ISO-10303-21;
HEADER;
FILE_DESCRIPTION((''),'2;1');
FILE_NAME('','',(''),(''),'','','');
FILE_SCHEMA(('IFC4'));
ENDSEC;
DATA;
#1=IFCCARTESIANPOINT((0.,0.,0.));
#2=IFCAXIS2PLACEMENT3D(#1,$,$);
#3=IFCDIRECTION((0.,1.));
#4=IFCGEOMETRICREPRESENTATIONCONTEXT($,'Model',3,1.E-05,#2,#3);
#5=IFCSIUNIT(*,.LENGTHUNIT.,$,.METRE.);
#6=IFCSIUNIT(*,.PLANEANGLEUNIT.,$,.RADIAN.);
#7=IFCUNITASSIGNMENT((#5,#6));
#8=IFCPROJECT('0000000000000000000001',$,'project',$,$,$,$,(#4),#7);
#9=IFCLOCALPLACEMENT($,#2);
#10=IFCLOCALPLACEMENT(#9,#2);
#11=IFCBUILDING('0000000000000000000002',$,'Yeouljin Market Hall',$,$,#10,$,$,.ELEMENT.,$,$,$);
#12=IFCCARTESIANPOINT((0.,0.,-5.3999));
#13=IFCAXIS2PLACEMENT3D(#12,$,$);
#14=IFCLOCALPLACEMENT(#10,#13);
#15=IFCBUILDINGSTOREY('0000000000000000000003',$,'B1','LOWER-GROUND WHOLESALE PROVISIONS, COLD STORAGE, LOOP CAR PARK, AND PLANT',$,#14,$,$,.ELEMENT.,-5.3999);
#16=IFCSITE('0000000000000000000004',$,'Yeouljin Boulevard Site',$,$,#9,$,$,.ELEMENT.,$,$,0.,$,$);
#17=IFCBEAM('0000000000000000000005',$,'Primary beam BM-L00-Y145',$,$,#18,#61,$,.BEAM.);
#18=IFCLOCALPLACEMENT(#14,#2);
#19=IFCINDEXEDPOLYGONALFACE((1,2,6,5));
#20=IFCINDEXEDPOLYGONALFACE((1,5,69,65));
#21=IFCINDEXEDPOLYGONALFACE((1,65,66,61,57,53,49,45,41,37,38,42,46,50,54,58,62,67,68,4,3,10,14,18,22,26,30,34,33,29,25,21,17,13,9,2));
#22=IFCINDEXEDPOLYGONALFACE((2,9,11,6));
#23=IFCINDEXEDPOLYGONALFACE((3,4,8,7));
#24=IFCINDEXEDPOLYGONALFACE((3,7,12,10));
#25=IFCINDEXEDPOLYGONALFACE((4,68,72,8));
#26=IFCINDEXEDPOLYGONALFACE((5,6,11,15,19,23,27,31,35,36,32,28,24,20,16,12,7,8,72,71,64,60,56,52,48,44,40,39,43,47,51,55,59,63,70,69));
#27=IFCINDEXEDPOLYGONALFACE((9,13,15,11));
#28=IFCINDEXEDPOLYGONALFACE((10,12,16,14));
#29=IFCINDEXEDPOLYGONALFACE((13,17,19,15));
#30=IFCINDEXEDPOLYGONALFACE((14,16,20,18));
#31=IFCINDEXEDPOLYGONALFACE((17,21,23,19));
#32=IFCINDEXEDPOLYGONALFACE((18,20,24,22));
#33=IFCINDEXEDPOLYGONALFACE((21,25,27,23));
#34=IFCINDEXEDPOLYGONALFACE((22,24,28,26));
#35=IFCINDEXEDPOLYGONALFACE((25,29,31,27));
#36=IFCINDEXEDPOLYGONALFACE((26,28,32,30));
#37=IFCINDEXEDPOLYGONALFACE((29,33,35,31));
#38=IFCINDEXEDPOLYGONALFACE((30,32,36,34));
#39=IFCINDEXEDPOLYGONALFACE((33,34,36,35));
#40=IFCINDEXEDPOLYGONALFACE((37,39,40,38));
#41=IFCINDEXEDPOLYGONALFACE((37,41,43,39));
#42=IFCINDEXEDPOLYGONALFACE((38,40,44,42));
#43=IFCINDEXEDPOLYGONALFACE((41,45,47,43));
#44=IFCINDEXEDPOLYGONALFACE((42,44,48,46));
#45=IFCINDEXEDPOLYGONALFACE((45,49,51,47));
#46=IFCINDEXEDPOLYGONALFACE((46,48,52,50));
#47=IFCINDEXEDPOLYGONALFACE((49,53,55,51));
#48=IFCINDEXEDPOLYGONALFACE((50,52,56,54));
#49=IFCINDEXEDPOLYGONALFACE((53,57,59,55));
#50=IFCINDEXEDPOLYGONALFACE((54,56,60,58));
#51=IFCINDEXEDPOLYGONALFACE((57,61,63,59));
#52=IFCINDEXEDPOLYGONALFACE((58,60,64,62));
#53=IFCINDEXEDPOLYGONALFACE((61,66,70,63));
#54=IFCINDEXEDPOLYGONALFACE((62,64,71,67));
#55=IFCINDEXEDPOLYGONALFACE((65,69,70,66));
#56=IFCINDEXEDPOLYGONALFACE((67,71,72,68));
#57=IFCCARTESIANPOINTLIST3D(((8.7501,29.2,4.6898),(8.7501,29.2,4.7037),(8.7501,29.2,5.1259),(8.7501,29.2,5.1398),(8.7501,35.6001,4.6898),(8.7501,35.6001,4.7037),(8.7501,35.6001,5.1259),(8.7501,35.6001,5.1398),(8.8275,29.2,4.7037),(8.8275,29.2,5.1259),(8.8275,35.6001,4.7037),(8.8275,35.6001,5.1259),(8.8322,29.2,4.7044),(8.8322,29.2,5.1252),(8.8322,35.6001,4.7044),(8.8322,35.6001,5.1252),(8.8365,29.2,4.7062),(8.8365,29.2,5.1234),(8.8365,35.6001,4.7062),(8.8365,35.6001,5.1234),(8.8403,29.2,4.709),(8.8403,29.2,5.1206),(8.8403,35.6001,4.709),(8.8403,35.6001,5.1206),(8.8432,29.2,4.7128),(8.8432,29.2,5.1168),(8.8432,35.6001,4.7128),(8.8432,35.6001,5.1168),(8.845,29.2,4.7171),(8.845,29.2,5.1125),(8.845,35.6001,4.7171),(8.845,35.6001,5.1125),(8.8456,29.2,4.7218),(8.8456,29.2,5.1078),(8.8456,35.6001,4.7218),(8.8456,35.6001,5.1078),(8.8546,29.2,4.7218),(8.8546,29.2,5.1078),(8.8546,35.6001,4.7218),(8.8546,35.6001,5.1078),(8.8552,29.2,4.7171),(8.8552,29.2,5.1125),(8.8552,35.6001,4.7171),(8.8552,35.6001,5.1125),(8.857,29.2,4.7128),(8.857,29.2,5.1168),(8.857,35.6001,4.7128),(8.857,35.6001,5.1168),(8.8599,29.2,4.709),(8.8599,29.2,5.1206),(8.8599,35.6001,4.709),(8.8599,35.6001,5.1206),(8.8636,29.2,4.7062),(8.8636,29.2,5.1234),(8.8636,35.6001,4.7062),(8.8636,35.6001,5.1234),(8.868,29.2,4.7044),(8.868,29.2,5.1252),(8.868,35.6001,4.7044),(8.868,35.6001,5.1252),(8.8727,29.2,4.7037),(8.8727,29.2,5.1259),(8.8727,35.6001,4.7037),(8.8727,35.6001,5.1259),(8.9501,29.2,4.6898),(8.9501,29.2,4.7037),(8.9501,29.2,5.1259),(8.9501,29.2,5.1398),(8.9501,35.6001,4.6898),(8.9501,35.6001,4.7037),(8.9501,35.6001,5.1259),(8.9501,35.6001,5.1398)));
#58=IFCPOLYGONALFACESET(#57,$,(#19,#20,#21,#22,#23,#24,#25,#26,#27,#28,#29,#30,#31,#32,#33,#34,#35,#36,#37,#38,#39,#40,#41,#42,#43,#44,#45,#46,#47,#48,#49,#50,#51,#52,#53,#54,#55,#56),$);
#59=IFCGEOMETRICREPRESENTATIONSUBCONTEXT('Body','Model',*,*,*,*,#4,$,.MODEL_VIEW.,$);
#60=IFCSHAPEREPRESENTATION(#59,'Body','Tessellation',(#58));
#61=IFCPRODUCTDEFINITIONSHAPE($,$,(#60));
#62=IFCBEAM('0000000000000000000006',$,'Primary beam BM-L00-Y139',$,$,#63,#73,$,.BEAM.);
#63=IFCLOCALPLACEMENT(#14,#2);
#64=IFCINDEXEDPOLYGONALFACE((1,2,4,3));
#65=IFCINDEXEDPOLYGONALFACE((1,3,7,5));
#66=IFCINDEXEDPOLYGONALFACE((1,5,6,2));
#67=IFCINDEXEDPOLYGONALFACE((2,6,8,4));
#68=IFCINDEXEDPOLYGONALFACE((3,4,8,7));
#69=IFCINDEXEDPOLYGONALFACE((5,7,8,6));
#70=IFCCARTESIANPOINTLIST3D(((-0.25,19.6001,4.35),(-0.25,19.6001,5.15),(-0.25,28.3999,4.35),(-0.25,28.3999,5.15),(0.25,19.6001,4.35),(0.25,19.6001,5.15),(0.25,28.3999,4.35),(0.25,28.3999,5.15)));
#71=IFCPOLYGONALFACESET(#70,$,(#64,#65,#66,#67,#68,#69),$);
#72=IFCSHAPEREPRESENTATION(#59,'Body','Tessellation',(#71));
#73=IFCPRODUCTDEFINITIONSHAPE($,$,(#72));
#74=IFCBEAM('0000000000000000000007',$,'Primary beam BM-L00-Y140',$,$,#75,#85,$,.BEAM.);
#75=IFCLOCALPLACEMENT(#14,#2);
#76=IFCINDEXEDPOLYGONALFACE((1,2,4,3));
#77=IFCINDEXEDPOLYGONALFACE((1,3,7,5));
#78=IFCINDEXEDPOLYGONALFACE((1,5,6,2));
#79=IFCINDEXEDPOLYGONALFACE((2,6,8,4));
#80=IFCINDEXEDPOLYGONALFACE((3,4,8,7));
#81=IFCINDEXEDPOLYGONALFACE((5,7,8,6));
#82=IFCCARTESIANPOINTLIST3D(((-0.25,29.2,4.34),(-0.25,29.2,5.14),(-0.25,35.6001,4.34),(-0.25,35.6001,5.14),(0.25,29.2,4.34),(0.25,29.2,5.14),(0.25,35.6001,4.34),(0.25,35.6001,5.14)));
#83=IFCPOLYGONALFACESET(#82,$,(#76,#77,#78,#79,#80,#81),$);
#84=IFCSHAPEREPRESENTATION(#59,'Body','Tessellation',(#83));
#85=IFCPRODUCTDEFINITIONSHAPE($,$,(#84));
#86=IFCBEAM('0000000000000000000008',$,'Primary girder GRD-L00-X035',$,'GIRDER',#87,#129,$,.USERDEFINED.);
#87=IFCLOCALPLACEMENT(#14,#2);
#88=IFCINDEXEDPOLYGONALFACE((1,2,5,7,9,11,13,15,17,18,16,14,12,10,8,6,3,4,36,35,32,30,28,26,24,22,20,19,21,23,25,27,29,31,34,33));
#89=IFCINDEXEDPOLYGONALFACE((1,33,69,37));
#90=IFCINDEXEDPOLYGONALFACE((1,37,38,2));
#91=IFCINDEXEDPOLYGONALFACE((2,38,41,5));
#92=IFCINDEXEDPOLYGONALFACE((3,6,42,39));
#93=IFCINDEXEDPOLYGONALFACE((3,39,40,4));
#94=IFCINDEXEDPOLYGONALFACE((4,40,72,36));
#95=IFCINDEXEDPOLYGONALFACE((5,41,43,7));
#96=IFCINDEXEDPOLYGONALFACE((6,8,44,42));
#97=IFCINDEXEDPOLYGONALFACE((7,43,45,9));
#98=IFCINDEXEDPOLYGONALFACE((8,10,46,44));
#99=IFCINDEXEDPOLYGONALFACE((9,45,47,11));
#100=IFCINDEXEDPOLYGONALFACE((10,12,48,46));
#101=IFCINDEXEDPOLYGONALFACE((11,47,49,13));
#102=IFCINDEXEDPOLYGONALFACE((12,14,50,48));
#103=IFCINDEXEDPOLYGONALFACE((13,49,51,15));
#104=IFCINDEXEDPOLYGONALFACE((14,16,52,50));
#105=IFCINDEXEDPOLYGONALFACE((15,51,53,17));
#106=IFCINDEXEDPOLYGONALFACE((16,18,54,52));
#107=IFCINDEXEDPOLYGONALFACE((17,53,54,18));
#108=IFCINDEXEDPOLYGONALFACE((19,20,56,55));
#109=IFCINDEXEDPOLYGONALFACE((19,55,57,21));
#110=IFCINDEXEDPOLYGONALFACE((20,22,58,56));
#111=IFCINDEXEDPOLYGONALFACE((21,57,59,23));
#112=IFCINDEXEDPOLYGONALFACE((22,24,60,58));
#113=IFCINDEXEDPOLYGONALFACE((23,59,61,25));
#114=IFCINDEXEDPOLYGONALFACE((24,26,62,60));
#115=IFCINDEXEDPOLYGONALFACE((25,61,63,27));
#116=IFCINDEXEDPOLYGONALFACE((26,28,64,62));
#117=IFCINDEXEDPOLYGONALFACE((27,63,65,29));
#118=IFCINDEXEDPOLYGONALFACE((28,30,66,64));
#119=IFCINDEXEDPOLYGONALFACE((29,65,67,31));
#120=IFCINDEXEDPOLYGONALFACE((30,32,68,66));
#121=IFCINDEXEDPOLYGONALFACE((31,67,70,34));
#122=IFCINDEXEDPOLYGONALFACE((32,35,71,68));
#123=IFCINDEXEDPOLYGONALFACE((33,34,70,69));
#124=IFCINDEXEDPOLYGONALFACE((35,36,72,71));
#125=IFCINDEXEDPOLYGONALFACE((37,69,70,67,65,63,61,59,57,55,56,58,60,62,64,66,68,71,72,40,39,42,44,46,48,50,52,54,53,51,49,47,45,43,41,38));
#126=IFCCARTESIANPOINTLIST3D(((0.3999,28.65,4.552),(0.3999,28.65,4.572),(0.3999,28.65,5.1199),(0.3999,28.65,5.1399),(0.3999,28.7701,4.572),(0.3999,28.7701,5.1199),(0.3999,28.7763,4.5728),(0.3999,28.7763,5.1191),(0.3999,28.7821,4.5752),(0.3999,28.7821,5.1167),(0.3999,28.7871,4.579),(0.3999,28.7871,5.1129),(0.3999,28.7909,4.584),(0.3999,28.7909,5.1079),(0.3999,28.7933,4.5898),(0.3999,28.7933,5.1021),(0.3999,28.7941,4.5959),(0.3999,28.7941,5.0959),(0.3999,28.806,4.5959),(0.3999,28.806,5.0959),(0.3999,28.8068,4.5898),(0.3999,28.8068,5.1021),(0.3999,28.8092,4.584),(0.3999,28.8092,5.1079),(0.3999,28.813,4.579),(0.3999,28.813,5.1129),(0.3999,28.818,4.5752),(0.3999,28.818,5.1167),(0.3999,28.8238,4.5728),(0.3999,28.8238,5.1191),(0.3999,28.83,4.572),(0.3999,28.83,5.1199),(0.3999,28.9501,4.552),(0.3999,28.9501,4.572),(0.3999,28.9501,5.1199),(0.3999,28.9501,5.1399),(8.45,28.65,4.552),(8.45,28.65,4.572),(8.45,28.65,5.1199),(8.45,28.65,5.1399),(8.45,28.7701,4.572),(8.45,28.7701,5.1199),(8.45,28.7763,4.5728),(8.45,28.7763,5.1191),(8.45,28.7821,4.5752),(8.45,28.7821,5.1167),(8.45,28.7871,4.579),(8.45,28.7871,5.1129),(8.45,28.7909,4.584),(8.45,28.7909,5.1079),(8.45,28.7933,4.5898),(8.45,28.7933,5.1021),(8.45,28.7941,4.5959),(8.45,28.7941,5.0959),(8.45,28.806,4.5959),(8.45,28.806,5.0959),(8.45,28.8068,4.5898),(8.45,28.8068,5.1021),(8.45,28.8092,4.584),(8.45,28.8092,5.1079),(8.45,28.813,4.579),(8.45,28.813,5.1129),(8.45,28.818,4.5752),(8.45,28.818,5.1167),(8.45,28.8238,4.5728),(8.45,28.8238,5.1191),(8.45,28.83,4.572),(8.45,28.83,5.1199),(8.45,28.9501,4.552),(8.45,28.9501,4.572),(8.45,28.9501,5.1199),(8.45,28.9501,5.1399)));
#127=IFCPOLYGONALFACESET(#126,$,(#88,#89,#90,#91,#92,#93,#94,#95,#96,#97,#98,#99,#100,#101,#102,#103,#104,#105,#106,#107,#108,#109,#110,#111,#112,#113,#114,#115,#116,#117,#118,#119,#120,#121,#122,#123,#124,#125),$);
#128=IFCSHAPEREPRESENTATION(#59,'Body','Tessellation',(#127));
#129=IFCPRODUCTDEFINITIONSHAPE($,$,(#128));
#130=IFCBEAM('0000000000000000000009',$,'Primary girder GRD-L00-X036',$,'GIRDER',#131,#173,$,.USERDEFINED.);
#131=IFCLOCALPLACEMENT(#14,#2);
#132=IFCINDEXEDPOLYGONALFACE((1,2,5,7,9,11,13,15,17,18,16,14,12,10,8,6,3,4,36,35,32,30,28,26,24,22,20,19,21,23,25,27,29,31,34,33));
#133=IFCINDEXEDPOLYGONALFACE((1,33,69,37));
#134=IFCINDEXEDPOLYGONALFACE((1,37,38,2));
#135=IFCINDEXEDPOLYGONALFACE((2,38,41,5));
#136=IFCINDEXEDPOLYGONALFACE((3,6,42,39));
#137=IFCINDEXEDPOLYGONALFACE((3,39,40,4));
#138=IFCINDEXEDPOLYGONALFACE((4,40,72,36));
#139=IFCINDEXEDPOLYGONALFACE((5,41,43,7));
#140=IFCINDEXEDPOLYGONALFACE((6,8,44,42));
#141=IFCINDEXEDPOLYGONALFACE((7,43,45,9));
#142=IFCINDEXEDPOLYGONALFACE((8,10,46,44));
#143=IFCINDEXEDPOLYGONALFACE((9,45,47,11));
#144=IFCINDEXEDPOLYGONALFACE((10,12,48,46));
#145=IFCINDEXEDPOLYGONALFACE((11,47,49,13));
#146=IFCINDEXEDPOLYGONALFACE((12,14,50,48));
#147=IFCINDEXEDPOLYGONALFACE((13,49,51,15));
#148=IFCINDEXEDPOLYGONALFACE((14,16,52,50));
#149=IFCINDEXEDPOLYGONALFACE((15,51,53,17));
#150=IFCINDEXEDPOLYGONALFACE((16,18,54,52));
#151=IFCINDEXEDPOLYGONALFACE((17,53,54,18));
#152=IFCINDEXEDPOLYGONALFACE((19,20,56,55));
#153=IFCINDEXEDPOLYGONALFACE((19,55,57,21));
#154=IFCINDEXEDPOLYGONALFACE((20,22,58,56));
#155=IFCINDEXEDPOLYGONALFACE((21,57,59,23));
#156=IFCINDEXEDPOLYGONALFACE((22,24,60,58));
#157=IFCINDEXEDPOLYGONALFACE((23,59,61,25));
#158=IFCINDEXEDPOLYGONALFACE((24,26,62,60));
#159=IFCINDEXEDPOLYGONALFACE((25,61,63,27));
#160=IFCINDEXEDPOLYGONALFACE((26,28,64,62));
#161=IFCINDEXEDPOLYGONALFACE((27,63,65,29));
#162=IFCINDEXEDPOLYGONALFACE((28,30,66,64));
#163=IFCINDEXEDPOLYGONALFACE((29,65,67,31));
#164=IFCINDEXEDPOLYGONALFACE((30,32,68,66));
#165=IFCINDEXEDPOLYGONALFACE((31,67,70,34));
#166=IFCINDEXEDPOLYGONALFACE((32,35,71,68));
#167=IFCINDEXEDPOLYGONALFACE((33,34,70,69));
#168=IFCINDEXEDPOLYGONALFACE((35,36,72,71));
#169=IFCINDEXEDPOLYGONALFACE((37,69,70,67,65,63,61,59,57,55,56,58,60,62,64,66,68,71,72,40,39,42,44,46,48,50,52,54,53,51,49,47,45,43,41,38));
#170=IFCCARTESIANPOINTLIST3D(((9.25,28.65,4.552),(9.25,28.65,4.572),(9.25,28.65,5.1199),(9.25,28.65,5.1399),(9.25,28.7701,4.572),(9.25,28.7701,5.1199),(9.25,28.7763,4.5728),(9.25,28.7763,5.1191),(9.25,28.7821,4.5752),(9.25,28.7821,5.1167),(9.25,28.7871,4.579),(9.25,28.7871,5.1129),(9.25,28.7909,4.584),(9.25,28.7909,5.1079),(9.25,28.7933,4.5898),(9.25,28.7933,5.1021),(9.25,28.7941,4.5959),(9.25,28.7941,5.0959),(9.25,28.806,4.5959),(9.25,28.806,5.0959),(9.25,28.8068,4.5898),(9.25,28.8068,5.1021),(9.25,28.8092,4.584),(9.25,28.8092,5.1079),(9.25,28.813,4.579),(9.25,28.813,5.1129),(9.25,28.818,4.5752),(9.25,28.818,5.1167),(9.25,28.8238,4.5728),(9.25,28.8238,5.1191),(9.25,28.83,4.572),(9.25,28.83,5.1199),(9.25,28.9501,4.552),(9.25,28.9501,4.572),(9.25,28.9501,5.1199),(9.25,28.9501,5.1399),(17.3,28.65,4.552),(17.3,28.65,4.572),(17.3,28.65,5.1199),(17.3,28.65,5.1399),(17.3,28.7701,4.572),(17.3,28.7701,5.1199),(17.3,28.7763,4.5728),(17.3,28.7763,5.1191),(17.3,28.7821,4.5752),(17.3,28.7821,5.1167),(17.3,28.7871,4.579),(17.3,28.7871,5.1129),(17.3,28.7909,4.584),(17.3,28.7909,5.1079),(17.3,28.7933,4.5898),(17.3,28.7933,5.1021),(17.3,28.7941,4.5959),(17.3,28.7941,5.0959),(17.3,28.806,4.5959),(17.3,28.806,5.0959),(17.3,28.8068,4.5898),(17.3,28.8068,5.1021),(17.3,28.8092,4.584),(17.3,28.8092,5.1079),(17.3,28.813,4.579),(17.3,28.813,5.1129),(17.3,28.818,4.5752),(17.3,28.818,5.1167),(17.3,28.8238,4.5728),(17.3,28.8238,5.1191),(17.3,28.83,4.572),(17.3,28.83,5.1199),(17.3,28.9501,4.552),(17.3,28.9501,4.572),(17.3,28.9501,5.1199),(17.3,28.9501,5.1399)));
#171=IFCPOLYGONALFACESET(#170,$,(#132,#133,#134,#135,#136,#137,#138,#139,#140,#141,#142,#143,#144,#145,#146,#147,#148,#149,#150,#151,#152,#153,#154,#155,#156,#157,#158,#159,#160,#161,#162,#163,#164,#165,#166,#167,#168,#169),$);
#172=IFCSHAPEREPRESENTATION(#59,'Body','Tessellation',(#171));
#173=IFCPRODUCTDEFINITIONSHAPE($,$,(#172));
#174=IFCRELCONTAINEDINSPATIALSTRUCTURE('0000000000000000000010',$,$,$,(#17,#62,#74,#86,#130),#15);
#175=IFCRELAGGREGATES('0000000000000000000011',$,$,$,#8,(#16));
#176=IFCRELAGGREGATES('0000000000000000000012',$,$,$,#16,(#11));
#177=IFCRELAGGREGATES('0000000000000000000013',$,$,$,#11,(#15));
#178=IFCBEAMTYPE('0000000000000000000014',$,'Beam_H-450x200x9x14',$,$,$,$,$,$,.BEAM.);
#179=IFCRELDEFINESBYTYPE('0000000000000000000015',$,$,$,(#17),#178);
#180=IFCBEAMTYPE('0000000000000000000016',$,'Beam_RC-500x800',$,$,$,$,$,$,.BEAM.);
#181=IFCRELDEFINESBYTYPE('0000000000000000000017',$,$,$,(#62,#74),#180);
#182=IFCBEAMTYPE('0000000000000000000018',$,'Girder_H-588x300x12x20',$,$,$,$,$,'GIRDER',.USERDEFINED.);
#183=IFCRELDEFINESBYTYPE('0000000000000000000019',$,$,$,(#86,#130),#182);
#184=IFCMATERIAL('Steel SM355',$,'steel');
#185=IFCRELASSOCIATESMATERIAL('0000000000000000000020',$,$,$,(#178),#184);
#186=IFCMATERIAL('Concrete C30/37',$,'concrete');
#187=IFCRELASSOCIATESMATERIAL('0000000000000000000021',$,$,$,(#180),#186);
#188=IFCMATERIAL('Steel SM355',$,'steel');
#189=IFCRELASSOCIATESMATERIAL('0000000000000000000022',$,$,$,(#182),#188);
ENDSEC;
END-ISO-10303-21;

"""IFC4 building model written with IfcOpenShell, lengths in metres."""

from ifc_helpers import new_model, si_unit, direction, frame, origin, origin_2d, place, context, subcontext, project, spatial, rectangle, i_section, extrude, material, material_profile, profile_set, type_object, element, save


model = new_model("IFC4")

# Units and contexts
model_context = context("Model", 3, precision=1e-05, world=origin(), true_north=direction((0.0, 1.0)))
body_context = subcontext(model_context, "Body", "Model", "MODEL_VIEW")
ifc_project = project(units=[si_unit("LENGTHUNIT", "METRE"), si_unit("PLANEANGLEUNIT", "RADIAN")], contexts=[model_context])

# Site, building, storey
site_placement = place(None, origin())
site = spatial("IfcSite", under=ifc_project, at=site_placement, Name="Yeouljin Boulevard Site", CompositionType="ELEMENT", RefElevation=0.0)
building_placement = place(site_placement, origin())
building = spatial("IfcBuilding", under=site, at=building_placement, Name="Yeouljin Market Hall", CompositionType="ELEMENT")
storey_placement = place(building_placement, frame((0.0, 0.0, -5.3999)))
storey = spatial("IfcBuildingStorey", under=building, at=storey_placement, Name="B1", Description="LOWER-GROUND WHOLESALE PROVISIONS, COLD STORAGE, LOOP CAR PARK, AND PLANT", CompositionType="ELEMENT", Elevation=-5.3999)

# Beams
ifc_material_1 = material(Name="Steel SM355", Category="steel")
ifc_material_profile_1 = material_profile(ifc_material_1, i_section(OverallWidth=0.2, OverallDepth=0.45, WebThickness=0.009, FlangeThickness=0.0139, FilletRadius=0.0181, at=origin_2d()), Name="H-450x200x9x14")
ifc_profile_set_1 = profile_set([ifc_material_profile_1], Name="Steel SM355")
beam_type_1 = type_object("IfcBeamType", Name="Beam_H-450x200x9x14", PredefinedType="BEAM", material=ifc_profile_set_1)
beam_1_placement = place(storey_placement, frame((8.8501, 29.2, 4.9148), z_axis=(0.0, 1.0, 0.0), x_axis=(-1.0, 0.0, 0.0)))
element("IfcBeam", 1, at=beam_1_placement, inside=storey, type_object=beam_type_1, Name="Primary beam BM-L00-Y145", PredefinedType="BEAM", context=body_context, shape_type="SweptSolid", body=[
    extrude(i_section(OverallWidth=0.2, OverallDepth=0.45, WebThickness=0.009, FlangeThickness=0.0139, FilletRadius=0.0181, at=origin_2d()), origin(), (0.0, 0.0, 1.0), 6.4001),
])
ifc_material_2 = material(Name="Concrete C30/37", Category="concrete")
ifc_material_profile_2 = material_profile(ifc_material_2, rectangle(XDim=0.5, YDim=0.8, at=origin_2d()), Name="RC-500x800")
ifc_profile_set_2 = profile_set([ifc_material_profile_2], Name="Concrete C30/37")
beam_type_2 = type_object("IfcBeamType", Name="Beam_RC-500x800", PredefinedType="BEAM", material=ifc_profile_set_2)
beam_2_placement = place(storey_placement, frame((0.0, 19.6001, 4.75), z_axis=(0.0, 1.0, 0.0), x_axis=(-1.0, 0.0, 0.0)))
element("IfcBeam", 2, at=beam_2_placement, inside=storey, type_object=beam_type_2, Name="Primary beam BM-L00-Y139", PredefinedType="BEAM", context=body_context, shape_type="SweptSolid", body=[
    extrude(rectangle(XDim=0.5, YDim=0.8, at=origin_2d()), origin(), (0.0, 0.0, 1.0), 8.7998),
])
beam_3_placement = place(storey_placement, frame((0.0, 29.2, 4.74), z_axis=(0.0, 1.0, 0.0), x_axis=(-1.0, 0.0, 0.0)))
element("IfcBeam", 3, at=beam_3_placement, inside=storey, type_object=beam_type_2, Name="Primary beam BM-L00-Y140", PredefinedType="BEAM", context=body_context, shape_type="SweptSolid", body=[
    extrude(rectangle(XDim=0.5, YDim=0.8, at=origin_2d()), origin(), (0.0, 0.0, 1.0), 6.4001),
])
ifc_material_3 = material(Name="Steel SM355", Category="steel")
ifc_material_profile_3 = material_profile(ifc_material_3, i_section(OverallWidth=0.3, OverallDepth=0.5879, WebThickness=0.012, FlangeThickness=0.02, FilletRadius=0.0239, at=origin_2d()), Name="H-588x300x12x20")
ifc_profile_set_3 = profile_set([ifc_material_profile_3], Name="Steel SM355")
beam_type_3 = type_object("IfcBeamType", Name="Girder_H-588x300x12x20", ElementType="GIRDER", PredefinedType="USERDEFINED", material=ifc_profile_set_3)
for number, where, z_axis, x_axis, name in (
    (4, (0.3999, 28.8, 4.8459), (1.0, 0.0, 0.0), (0.0, 1.0, 0.0), "Primary girder GRD-L00-X035"),
    (5, (9.25, 28.8, 4.8459), (1.0, 0.0, 0.0), (0.0, 1.0, 0.0), "Primary girder GRD-L00-X036"),
):
    element("IfcBeam", number, at=place(storey_placement, frame(where, z_axis=z_axis, x_axis=x_axis)), inside=storey, type_object=beam_type_3, Name=name, ObjectType="GIRDER", PredefinedType="USERDEFINED", context=body_context, shape_type="SweptSolid", body=[
        extrude(i_section(OverallWidth=0.3, OverallDepth=0.5879, WebThickness=0.012, FlangeThickness=0.02, FilletRadius=0.0239, at=origin_2d()), origin(), (0.0, 0.0, 1.0), 8.05),
    ])

save(model, "model.ifc")
